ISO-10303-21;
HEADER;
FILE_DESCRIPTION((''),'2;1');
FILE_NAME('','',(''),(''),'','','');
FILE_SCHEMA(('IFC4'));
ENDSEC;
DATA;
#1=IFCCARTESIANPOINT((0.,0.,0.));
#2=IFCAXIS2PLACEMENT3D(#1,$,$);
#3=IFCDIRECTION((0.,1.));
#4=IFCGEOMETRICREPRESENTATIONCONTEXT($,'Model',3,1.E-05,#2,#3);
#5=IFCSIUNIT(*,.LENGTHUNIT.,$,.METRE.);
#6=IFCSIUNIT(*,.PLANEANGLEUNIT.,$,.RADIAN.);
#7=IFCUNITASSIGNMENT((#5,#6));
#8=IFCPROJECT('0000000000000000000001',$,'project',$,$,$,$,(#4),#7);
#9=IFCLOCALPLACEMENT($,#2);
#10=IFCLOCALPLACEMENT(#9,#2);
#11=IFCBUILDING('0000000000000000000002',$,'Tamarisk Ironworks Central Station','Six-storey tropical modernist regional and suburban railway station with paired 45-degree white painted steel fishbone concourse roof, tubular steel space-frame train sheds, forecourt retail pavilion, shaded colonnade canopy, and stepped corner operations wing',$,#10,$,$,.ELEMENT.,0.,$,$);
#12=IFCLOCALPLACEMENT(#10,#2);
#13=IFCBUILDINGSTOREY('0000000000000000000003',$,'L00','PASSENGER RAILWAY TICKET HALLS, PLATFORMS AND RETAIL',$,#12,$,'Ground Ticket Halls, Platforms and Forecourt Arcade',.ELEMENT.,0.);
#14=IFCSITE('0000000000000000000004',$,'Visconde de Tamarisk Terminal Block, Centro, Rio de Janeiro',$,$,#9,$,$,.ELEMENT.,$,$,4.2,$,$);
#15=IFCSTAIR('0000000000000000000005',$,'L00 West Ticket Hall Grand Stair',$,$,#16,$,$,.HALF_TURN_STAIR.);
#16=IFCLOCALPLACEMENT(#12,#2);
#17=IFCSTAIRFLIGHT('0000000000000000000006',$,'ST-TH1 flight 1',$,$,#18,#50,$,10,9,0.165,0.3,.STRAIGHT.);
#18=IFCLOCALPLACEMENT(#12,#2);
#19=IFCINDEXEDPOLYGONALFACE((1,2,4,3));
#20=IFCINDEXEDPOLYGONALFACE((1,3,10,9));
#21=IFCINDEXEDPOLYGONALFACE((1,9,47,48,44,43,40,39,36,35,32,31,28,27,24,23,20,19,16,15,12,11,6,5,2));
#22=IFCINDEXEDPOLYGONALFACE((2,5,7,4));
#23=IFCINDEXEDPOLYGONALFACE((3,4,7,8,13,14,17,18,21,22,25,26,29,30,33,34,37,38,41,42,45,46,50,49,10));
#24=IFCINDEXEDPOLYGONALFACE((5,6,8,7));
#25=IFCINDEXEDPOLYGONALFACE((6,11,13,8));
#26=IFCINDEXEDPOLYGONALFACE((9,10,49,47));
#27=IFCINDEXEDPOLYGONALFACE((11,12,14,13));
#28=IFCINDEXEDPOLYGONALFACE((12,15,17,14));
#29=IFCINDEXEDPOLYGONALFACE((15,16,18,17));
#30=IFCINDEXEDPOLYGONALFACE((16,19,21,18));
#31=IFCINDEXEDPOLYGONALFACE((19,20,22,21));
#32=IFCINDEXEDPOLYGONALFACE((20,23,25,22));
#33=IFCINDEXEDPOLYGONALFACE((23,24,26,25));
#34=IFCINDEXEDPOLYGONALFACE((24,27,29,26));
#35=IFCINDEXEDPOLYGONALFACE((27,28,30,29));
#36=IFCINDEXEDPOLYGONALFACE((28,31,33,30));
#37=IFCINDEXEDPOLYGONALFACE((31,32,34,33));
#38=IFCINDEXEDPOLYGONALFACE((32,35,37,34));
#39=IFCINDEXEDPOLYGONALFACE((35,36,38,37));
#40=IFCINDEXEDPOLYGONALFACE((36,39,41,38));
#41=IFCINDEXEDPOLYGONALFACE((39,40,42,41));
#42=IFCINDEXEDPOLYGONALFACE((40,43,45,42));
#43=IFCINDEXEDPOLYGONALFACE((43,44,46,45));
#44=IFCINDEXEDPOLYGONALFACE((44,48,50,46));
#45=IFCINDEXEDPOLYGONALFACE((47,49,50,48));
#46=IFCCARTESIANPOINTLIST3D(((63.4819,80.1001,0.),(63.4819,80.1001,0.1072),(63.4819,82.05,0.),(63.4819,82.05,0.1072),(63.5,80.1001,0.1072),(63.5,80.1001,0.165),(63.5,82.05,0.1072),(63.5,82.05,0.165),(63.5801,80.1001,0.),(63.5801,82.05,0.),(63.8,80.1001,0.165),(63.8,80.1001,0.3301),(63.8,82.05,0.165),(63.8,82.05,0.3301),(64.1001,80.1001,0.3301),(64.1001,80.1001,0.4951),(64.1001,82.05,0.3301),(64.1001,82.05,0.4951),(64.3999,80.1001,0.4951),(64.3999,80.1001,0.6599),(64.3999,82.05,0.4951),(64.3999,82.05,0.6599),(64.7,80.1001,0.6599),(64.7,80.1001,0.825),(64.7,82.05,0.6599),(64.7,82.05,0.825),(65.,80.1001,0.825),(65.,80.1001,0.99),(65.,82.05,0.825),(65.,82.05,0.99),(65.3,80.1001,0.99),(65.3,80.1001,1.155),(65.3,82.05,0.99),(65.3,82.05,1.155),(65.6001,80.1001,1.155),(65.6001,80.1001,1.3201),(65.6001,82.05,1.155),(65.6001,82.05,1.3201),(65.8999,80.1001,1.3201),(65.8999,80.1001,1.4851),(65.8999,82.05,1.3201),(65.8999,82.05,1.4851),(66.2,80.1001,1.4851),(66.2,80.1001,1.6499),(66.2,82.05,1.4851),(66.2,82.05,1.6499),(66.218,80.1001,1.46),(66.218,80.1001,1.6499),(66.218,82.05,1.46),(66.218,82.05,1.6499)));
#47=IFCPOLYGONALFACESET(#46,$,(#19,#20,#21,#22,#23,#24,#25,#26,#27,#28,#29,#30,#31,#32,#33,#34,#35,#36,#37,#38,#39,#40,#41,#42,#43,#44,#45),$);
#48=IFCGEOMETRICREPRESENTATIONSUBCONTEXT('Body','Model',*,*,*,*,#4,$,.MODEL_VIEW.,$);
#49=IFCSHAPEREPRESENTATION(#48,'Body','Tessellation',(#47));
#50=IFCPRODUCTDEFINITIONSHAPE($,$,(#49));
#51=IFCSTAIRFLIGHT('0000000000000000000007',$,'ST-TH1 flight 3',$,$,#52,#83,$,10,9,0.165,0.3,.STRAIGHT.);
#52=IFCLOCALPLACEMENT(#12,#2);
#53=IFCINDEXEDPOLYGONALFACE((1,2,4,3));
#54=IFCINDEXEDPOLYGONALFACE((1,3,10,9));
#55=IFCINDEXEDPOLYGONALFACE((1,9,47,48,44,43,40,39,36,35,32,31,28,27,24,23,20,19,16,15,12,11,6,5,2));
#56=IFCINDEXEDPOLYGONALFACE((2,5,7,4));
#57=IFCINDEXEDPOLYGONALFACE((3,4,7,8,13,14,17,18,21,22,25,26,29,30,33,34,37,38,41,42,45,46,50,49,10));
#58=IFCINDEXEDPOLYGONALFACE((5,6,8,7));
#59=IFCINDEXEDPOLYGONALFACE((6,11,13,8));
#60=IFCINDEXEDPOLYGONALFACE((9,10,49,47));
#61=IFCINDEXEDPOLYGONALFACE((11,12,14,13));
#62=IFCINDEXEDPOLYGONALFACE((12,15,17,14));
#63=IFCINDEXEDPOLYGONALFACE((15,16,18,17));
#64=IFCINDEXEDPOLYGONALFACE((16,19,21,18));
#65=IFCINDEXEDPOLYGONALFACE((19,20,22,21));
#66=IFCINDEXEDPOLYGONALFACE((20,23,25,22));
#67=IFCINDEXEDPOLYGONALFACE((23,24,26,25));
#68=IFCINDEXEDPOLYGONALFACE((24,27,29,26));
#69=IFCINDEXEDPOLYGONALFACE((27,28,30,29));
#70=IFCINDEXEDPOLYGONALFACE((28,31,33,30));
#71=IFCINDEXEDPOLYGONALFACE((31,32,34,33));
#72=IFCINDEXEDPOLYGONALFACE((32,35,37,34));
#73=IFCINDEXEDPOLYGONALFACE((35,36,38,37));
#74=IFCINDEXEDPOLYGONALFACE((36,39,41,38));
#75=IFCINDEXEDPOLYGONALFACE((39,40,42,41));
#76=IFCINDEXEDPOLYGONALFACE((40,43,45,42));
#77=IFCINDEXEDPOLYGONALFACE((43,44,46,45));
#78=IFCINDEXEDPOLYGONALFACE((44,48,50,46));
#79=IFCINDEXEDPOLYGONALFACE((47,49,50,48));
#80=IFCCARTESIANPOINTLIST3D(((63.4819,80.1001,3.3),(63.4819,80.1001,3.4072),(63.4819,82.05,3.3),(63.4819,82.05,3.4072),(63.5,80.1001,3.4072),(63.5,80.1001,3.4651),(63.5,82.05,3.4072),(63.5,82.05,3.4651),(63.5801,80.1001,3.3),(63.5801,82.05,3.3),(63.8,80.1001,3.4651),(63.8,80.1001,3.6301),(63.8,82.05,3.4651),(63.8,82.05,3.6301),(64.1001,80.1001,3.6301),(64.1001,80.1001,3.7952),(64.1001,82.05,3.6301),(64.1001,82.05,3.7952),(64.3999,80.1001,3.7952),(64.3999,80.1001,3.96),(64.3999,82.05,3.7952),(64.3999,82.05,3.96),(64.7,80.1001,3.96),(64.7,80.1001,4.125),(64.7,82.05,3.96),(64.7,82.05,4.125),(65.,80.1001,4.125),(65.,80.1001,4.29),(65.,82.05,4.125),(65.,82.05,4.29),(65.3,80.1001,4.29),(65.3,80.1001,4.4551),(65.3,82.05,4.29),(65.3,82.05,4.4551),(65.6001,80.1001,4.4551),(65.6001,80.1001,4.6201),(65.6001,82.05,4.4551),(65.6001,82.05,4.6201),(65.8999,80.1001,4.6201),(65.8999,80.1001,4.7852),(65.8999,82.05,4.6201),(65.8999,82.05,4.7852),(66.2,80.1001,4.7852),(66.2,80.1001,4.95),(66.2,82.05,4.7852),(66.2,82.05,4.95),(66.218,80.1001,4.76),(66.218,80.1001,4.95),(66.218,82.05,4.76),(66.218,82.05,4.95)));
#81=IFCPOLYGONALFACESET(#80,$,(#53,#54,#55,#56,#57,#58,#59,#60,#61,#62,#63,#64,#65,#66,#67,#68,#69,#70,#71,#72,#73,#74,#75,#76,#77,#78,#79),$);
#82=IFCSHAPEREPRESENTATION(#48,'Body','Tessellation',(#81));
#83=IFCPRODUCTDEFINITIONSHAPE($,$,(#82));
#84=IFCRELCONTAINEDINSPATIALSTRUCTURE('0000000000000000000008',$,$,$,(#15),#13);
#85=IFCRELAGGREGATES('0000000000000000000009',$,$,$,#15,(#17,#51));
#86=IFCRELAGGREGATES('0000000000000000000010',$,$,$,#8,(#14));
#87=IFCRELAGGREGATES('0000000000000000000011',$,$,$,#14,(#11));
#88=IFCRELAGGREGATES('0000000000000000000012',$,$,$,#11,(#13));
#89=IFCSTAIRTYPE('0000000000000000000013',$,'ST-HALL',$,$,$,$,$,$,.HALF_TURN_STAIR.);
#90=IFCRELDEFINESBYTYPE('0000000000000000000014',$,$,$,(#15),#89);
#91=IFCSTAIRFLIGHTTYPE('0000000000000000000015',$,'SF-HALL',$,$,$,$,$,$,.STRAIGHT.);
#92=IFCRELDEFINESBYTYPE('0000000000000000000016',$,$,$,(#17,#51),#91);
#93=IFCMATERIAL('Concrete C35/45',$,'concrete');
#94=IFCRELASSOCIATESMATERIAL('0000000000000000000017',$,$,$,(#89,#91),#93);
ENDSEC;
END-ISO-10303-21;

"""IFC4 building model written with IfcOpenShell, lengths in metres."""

from ifc_helpers import new_model, si_unit, direction, frame, origin, place, context, subcontext, project, spatial, polyline, outline, extrude, material, type_object, element, aggregate, save


model = new_model("IFC4")

# Units and contexts
model_context = context("Model", 3, precision=1e-05, world=origin(), true_north=direction((0.0, 1.0)))
body_context = subcontext(model_context, "Body", "Model", "MODEL_VIEW")
ifc_project = project(units=[si_unit("LENGTHUNIT", "METRE"), si_unit("PLANEANGLEUNIT", "RADIAN")], contexts=[model_context])

# Site, building, storey
site_placement = place(None, origin())
site = spatial("IfcSite", under=ifc_project, at=site_placement, Name="Visconde de Tamarisk Terminal Block, Centro, Rio de Janeiro", CompositionType="ELEMENT", RefElevation=4.2)
building_placement = place(site_placement, origin())
building = spatial("IfcBuilding", under=site, at=building_placement, Name="Tamarisk Ironworks Central Station", Description="Six-storey tropical modernist regional and suburban railway station with paired 45-degree white painted steel fishbone concourse roof, tubular steel space-frame train sheds, forecourt retail pavilion, shaded colonnade canopy, and stepped corner operations wing", CompositionType="ELEMENT", ElevationOfRefHeight=0.0)
storey_placement = place(building_placement, origin())
storey = spatial("IfcBuildingStorey", under=building, at=storey_placement, Name="L00", Description="PASSENGER RAILWAY TICKET HALLS, PLATFORMS AND RETAIL", LongName="Ground Ticket Halls, Platforms and Forecourt Arcade", CompositionType="ELEMENT", Elevation=0.0)

# Stair, stair flights
ifc_material_1 = material(Name="Concrete C35/45", Category="concrete")
stair_type = type_object("IfcStairType", Name="ST-HALL", PredefinedType="HALF_TURN_STAIR", material=ifc_material_1)
stair_placement = place(storey_placement, origin())
stair = element("IfcStair", 1, at=stair_placement, inside=storey, type_object=stair_type, Name="L00 West Ticket Hall Grand Stair", PredefinedType="HALF_TURN_STAIR")
stair_flight_type = type_object("IfcStairFlightType", Name="SF-HALL", PredefinedType="STRAIGHT", material=ifc_material_1)
stair_flight_1_placement = place(storey_placement, frame((63.5, 81.075, 0.0), z_axis=(0.0, 0.0, 1.0), x_axis=(1.0, 0.0, 0.0)))
stair_flight_1 = element("IfcStairFlight", 2, at=stair_flight_1_placement, type_object=stair_flight_type, Name="ST-TH1 flight 1", NumberOfRisers=10, NumberOfTreads=9, PredefinedType="STRAIGHT", RiserHeight=0.165, TreadLength=0.3, context=body_context, shape_type="SweptSolid", body=[
    extrude(outline(polyline([(-0.0181, 0.0), (-0.0181, 0.1072), (0.0, 0.1072), (0.0, 0.165), (0.3, 0.165), (0.3, 0.3301), (0.6001, 0.3301), (0.6001, 0.4951), (0.8999, 0.4951), (0.8999, 0.6599), (1.2, 0.6599), (1.2, 0.825), (1.5, 0.825), (1.5, 0.99), (1.8, 0.99), (1.8, 1.155), (2.1001, 1.155), (2.1001, 1.3201), (2.3999, 1.3201), (2.3999, 1.4851), (2.7, 1.4851), (2.7, 1.6499), (2.718, 1.6499), (2.718, 1.46), (0.0801, 0.0), (-0.0181, 0.0)])), frame((0.0, 0.9751, 0.0), z_axis=(0.0, -1.0, 0.0), x_axis=(1.0, 0.0, 0.0)), (0.0, 0.0, 1.0), 1.95),
])
stair_flight_2_placement = place(storey_placement, frame((63.5, 81.075, 3.3), z_axis=(0.0, 0.0, 1.0), x_axis=(1.0, 0.0, 0.0)))
stair_flight_2 = element("IfcStairFlight", 3, at=stair_flight_2_placement, type_object=stair_flight_type, Name="ST-TH1 flight 3", NumberOfRisers=10, NumberOfTreads=9, PredefinedType="STRAIGHT", RiserHeight=0.165, TreadLength=0.3, context=body_context, shape_type="SweptSolid", body=[
    extrude(outline(polyline([(-0.0181, 0.0), (-0.0181, 0.1072), (0.0, 0.1072), (0.0, 0.165), (0.3, 0.165), (0.3, 0.3301), (0.6001, 0.3301), (0.6001, 0.4951), (0.8999, 0.4951), (0.8999, 0.6599), (1.2, 0.6599), (1.2, 0.825), (1.5, 0.825), (1.5, 0.99), (1.8, 0.99), (1.8, 1.155), (2.1001, 1.155), (2.1001, 1.3201), (2.3999, 1.3201), (2.3999, 1.4851), (2.7, 1.4851), (2.7, 1.6499), (2.718, 1.6499), (2.718, 1.46), (0.0801, 0.0), (-0.0181, 0.0)])), frame((0.0, 0.9751, 0.0), z_axis=(0.0, -1.0, 0.0), x_axis=(1.0, 0.0, 0.0)), (0.0, 0.0, 1.0), 1.95),
])
aggregate(stair, [stair_flight_1, stair_flight_2])

save(model, "model.ifc")
